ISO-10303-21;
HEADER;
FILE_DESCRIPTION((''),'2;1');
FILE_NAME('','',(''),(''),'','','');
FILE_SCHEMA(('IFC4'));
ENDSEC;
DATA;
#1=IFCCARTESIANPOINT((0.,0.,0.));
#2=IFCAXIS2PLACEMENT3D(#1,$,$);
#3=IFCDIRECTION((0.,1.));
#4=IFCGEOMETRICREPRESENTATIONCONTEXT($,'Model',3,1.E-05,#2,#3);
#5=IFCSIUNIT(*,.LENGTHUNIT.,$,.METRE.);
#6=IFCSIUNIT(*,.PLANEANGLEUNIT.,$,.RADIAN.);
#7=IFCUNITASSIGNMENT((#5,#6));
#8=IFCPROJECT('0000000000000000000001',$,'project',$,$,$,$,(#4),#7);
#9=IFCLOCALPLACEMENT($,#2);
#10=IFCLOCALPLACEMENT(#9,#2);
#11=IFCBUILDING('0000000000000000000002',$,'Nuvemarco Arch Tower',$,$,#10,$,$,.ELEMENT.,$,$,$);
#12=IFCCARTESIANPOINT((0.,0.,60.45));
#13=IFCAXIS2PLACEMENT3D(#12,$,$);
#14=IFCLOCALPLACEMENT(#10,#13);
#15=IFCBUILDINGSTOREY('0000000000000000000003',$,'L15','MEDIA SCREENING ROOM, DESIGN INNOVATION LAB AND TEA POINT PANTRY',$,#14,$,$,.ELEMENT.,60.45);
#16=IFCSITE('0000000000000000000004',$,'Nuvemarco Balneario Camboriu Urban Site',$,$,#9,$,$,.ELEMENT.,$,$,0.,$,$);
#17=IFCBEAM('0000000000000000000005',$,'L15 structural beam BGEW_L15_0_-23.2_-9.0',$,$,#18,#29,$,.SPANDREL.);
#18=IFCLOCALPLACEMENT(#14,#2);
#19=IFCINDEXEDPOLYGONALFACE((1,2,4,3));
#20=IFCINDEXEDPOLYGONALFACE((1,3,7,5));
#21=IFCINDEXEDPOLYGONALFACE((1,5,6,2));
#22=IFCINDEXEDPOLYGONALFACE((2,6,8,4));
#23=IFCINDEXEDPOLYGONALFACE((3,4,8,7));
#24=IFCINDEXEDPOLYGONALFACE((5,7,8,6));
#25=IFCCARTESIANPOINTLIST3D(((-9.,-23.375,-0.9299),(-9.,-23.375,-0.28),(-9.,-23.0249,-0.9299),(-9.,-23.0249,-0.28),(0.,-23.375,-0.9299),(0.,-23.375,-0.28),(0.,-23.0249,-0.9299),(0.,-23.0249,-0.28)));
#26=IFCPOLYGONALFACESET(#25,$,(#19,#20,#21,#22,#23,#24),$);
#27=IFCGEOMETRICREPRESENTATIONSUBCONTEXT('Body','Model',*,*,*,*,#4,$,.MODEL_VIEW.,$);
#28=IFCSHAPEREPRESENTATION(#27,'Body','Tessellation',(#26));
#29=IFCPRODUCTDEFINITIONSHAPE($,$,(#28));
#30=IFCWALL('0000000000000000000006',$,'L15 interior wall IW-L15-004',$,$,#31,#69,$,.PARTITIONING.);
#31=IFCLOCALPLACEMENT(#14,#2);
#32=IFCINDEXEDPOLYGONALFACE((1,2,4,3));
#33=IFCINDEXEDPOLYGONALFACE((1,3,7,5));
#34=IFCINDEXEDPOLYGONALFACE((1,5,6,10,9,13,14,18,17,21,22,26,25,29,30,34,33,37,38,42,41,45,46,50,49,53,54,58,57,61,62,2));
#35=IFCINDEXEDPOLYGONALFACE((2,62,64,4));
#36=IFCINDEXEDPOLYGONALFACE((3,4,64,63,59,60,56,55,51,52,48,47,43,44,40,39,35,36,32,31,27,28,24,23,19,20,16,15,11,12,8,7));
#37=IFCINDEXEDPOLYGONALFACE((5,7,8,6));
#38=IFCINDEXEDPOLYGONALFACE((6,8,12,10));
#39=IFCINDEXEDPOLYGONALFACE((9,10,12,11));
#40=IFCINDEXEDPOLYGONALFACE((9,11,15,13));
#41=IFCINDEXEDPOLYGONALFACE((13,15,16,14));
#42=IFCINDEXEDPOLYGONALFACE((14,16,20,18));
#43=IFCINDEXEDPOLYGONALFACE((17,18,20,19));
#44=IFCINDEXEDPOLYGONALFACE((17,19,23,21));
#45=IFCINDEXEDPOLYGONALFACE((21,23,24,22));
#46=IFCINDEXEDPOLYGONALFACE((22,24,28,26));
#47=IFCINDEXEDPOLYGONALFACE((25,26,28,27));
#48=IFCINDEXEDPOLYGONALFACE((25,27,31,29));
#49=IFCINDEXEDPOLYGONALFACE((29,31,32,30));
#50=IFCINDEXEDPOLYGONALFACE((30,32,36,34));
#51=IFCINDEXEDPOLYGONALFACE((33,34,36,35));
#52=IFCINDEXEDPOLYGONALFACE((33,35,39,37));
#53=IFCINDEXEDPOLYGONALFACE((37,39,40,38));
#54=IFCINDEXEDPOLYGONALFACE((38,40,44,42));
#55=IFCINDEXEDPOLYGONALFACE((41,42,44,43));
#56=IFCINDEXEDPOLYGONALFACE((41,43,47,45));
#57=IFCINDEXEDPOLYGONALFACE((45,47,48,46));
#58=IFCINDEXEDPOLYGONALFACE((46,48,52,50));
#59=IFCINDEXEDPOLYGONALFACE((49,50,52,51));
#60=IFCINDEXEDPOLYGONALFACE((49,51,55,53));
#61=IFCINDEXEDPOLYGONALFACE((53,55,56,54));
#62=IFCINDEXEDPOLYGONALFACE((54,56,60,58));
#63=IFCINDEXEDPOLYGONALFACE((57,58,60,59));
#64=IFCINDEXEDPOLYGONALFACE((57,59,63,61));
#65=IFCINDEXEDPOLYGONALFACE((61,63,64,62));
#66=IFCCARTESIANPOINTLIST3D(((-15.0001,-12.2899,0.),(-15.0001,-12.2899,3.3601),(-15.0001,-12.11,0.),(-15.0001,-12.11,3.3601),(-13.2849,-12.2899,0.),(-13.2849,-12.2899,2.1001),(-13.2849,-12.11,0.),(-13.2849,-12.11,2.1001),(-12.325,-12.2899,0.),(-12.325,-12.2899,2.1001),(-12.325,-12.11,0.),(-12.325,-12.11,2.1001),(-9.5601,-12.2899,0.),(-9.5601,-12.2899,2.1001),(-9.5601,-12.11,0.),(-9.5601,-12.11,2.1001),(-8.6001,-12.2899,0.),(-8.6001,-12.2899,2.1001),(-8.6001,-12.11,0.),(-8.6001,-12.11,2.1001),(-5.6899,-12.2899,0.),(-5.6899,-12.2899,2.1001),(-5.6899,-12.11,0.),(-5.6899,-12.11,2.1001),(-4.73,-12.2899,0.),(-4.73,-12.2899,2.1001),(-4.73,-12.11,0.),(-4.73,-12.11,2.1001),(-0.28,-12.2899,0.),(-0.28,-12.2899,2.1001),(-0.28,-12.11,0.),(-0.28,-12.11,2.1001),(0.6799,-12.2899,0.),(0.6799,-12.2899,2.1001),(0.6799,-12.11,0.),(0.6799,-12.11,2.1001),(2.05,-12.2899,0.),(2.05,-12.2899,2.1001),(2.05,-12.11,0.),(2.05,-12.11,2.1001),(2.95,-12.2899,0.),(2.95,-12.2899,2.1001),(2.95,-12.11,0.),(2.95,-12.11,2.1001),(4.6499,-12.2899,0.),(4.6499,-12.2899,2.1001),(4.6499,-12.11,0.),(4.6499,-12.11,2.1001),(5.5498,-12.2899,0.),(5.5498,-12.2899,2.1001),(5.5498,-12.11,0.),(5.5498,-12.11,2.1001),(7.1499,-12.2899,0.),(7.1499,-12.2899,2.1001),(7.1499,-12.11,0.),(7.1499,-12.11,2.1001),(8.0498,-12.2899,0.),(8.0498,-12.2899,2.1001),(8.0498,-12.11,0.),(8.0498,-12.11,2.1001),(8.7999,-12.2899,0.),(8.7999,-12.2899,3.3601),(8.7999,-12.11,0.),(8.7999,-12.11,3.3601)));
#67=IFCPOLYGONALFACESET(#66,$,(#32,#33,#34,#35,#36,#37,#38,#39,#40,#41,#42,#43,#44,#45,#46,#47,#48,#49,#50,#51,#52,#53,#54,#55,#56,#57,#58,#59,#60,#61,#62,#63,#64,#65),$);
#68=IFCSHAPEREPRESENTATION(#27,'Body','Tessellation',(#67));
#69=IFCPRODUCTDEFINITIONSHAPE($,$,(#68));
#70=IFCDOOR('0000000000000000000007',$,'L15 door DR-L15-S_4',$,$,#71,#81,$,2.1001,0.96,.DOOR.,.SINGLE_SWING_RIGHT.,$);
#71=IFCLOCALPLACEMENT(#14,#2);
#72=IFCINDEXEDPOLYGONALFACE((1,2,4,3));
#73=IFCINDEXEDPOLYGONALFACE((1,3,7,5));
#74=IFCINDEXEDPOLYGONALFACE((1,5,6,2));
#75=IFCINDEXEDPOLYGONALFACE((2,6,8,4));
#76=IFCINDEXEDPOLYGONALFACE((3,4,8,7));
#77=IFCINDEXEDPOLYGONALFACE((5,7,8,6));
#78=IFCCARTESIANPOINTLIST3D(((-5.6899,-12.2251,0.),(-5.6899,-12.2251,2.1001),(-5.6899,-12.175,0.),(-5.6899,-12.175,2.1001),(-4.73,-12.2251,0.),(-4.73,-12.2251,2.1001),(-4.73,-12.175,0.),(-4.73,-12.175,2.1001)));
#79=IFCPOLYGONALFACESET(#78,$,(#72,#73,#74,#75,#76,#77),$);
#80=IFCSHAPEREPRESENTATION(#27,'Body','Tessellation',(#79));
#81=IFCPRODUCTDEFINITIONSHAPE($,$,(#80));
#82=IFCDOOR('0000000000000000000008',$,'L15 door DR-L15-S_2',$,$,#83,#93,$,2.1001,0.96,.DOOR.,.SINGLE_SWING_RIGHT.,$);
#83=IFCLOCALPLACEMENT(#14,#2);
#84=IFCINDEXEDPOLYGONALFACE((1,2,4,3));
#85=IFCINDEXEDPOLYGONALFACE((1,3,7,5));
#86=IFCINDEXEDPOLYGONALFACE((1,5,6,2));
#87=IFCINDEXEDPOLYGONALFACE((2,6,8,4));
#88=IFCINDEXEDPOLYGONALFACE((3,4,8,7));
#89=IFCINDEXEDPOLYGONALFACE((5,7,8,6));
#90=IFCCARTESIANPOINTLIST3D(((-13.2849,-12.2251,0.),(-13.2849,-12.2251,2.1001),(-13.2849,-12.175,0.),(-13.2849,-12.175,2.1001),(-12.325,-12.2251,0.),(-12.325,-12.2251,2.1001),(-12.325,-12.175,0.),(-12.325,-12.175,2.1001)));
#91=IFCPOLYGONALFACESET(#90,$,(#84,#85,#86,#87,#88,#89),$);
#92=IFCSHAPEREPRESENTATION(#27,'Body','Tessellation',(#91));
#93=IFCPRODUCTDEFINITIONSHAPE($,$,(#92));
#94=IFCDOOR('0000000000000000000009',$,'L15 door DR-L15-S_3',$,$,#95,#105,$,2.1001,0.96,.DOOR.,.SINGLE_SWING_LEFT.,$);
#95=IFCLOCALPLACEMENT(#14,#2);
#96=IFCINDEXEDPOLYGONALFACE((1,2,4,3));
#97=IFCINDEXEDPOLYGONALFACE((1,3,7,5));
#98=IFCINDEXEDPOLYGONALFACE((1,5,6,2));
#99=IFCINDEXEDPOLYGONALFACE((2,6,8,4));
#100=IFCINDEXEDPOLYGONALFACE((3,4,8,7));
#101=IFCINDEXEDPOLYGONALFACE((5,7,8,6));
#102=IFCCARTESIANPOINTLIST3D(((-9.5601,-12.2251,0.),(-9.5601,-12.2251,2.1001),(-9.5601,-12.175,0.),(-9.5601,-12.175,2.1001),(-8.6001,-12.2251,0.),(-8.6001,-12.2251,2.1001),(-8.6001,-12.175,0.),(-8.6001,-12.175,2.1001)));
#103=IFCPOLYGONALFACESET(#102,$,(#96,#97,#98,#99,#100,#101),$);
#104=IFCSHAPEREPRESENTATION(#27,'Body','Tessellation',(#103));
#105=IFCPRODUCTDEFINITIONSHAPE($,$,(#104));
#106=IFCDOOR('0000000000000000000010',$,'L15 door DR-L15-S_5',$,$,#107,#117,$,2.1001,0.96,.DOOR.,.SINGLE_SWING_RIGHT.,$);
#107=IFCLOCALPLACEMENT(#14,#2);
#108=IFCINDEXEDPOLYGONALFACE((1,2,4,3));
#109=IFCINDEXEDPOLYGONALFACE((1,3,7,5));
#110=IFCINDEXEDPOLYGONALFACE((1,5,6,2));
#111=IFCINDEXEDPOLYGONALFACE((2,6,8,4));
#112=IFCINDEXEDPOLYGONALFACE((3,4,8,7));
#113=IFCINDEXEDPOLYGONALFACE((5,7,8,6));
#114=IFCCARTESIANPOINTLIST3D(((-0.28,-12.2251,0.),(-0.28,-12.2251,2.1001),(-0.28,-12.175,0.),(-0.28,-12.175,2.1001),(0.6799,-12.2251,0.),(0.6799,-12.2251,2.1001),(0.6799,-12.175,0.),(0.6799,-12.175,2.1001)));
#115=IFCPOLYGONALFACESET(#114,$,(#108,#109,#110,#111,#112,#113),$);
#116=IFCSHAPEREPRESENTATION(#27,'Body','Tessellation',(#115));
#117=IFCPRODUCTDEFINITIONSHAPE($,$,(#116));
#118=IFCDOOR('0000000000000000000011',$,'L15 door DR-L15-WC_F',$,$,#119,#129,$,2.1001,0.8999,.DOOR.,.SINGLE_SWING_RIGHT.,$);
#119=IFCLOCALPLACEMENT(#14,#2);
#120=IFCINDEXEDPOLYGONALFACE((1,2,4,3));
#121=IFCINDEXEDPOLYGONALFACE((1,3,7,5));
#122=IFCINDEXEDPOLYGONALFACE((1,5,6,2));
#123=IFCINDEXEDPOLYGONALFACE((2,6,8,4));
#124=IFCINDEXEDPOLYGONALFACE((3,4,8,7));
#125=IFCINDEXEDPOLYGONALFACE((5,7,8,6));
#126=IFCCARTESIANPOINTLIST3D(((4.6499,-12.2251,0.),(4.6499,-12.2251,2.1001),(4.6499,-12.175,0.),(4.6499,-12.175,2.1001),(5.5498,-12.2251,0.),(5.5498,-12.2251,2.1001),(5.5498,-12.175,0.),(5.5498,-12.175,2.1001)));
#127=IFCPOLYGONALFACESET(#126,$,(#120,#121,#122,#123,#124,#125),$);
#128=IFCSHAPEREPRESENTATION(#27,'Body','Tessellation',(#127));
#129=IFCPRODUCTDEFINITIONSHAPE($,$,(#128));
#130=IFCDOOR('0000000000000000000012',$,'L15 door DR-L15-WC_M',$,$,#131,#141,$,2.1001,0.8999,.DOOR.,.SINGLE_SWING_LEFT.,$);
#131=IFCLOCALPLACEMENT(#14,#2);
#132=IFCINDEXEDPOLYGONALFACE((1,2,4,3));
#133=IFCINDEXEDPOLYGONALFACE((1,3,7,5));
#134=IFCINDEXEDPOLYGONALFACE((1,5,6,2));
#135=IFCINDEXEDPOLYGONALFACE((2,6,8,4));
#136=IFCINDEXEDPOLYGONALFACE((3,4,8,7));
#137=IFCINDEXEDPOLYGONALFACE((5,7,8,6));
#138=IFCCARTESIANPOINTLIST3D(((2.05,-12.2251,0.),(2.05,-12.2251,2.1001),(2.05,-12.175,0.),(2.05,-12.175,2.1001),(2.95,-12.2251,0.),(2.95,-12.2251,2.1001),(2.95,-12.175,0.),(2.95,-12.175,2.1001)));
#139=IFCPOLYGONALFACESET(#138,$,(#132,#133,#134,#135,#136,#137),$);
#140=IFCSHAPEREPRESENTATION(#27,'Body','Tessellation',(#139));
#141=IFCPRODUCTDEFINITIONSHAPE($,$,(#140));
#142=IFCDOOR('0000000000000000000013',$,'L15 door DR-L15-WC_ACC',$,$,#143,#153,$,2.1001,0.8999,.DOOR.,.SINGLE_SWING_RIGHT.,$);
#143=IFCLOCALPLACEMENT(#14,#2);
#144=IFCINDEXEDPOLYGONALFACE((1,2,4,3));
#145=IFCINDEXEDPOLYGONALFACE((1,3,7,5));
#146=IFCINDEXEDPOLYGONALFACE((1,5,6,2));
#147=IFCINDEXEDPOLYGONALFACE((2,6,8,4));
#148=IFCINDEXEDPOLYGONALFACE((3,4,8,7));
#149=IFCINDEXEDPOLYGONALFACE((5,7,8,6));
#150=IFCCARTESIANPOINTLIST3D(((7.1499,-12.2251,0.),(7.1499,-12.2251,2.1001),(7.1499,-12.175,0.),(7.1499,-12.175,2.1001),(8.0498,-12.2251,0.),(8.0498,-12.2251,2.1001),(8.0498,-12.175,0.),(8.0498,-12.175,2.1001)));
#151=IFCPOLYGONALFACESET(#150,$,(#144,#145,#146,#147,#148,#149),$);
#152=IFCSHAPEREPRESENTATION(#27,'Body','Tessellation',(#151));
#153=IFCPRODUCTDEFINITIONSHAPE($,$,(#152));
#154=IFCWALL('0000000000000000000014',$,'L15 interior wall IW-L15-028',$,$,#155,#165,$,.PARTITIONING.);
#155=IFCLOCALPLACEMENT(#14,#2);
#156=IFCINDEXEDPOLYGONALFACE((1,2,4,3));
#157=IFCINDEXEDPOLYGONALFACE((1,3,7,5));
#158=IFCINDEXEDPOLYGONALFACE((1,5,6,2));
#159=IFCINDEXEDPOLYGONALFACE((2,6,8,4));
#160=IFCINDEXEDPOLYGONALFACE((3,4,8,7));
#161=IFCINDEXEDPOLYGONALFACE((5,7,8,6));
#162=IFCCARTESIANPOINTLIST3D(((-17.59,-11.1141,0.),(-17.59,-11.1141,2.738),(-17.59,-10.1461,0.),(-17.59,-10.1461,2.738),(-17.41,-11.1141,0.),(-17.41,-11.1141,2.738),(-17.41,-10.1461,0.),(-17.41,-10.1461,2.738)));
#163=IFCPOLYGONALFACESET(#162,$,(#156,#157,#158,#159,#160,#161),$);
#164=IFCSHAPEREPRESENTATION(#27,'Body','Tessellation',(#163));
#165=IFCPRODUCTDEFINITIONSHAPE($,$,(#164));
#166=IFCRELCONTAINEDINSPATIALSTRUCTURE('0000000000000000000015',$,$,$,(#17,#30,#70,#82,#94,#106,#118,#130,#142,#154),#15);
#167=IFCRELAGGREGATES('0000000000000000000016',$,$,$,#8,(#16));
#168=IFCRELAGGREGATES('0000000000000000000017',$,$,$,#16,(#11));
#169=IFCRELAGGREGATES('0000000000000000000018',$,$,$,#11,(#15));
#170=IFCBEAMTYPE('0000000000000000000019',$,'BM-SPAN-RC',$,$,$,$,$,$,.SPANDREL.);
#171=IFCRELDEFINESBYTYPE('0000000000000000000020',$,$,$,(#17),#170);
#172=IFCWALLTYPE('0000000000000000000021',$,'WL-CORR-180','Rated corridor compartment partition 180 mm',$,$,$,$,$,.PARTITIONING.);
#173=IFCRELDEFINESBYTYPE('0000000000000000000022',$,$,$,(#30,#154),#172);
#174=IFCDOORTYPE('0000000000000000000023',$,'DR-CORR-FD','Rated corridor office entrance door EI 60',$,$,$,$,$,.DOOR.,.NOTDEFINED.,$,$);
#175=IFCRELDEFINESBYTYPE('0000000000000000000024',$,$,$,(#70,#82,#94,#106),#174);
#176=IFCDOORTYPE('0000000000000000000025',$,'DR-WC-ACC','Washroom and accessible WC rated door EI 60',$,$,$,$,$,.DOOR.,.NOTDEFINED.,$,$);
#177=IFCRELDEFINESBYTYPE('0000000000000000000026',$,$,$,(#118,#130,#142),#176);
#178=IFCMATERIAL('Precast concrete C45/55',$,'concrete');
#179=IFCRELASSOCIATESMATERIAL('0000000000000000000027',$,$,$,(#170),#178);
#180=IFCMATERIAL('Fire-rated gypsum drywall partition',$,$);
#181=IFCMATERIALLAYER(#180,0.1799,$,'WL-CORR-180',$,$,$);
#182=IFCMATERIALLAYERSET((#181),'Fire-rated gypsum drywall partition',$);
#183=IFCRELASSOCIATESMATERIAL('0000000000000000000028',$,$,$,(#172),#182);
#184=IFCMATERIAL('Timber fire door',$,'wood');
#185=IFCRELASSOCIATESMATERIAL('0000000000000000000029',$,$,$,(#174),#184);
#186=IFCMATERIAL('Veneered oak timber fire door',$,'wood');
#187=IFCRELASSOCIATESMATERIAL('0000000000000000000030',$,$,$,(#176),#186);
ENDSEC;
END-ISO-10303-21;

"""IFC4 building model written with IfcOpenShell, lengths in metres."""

from ifc_helpers import new_model, si_unit, direction, frame, frame_2d, origin, origin_2d, place, context, subcontext, project, spatial, rectangle, extrude, source, transform, mapped, material, layer, layer_set, material_profile, profile_set, type_object, type_shapes, element, fill, save


model = new_model("IFC4")

# Units and contexts
model_context = context("Model", 3, precision=1e-05, world=origin(), true_north=direction((0.0, 1.0)))
body_context = subcontext(model_context, "Body", "Model", "MODEL_VIEW")
ifc_project = project(units=[si_unit("LENGTHUNIT", "METRE"), si_unit("PLANEANGLEUNIT", "RADIAN")], contexts=[model_context])

# Site, building, storey
site_placement = place(None, origin())
site = spatial("IfcSite", under=ifc_project, at=site_placement, Name="Nuvemarco Balneario Camboriu Urban Site", CompositionType="ELEMENT", RefElevation=0.0)
building_placement = place(site_placement, origin())
building = spatial("IfcBuilding", under=site, at=building_placement, Name="Nuvemarco Arch Tower", CompositionType="ELEMENT")
storey_placement = place(building_placement, frame((0.0, 0.0, 60.45)))
storey = spatial("IfcBuildingStorey", under=building, at=storey_placement, Name="L15", Description="MEDIA SCREENING ROOM, DESIGN INNOVATION LAB AND TEA POINT PANTRY", CompositionType="ELEMENT", Elevation=60.45)

# Beam
ifc_material_1 = material(Name="Precast concrete C45/55", Category="concrete")
ifc_material_profile_1 = material_profile(ifc_material_1, rectangle(XDim=0.3501, YDim=0.6499, at=origin_2d()), Name="PC-SP-350x650")
ifc_profile_set_1 = profile_set([ifc_material_profile_1], Name="Precast concrete C45/55")
beam_type_1 = type_object("IfcBeamType", Name="BM-SPAN-RC", PredefinedType="SPANDREL", material=ifc_profile_set_1)
beam_1_placement = place(storey_placement, frame((-9.0, -23.2, -0.605), z_axis=(1.0, 0.0, 0.0), x_axis=(0.0, 1.0, 0.0)))
element("IfcBeam", 1, at=beam_1_placement, inside=storey, type_object=beam_type_1, Name="L15 structural beam BGEW_L15_0_-23.2_-9.0", PredefinedType="SPANDREL", context=body_context, shape_type="SweptSolid", body=[
    extrude(rectangle(XDim=0.3501, YDim=0.6499, at=origin_2d()), origin(), (0.0, 0.0, 1.0), 9.0),
])

# Wall, openings, doors
ifc_material_2 = material(Name="Fire-rated gypsum drywall partition")
ifc_layer_1 = layer(ifc_material_2, 0.1799, Name="WL-CORR-180")
ifc_layer_set_1 = layer_set([ifc_layer_1], Name="Fire-rated gypsum drywall partition")
wall_type_1 = type_object("IfcWallType", Name="WL-CORR-180", Description="Rated corridor compartment partition 180 mm", PredefinedType="PARTITIONING", material=ifc_layer_set_1)
wall_1_placement = place(storey_placement, frame((-15.0, -12.2, 0.0), z_axis=(0.0, 0.0, 1.0), x_axis=(1.0, 0.0, 0.0)))
wall_1 = element("IfcWall", 2, at=wall_1_placement, inside=storey, type_object=wall_type_1, Name="L15 interior wall IW-L15-004", PredefinedType="PARTITIONING", context=body_context, shape_type="SweptSolid", body=[
    extrude(rectangle(XDim=23.8, YDim=0.1799, at=frame_2d((11.8999, 0.0))), origin(), (0.0, 0.0, 1.0), 3.3601),
])
opening_1_placement = place(wall_1_placement, frame((9.3101, 0.0, 0.0)))
opening_1 = element("IfcOpeningElement", 3, at=opening_1_placement, cuts=wall_1, PredefinedType="OPENING", context=body_context, shape_type="SweptSolid", body=[
    extrude(rectangle(XDim=0.96, YDim=2.1001, at=frame_2d((0.48, 1.05))), frame((0.0, 0.0999, 0.0), z_axis=(0.0, -1.0, 0.0), x_axis=(1.0, 0.0, 0.0)), (0.0, 0.0, 1.0), 0.2),
])
opening_2_placement = place(wall_1_placement, frame((1.7151, 0.0, 0.0)))
opening_2 = element("IfcOpeningElement", 4, at=opening_2_placement, cuts=wall_1, PredefinedType="OPENING", context=body_context, shape_type="SweptSolid", body=[
    extrude(rectangle(XDim=0.96, YDim=2.1001, at=frame_2d((0.48, 1.05))), frame((0.0, 0.0999, 0.0), z_axis=(0.0, -1.0, 0.0), x_axis=(1.0, 0.0, 0.0)), (0.0, 0.0, 1.0), 0.2),
])
opening_3_placement = place(wall_1_placement, frame((5.4399, 0.0, 0.0)))
opening_3 = element("IfcOpeningElement", 5, at=opening_3_placement, cuts=wall_1, PredefinedType="OPENING", context=body_context, shape_type="SweptSolid", body=[
    extrude(rectangle(XDim=0.96, YDim=2.1001, at=frame_2d((0.48, 1.05))), frame((0.0, 0.0999, 0.0), z_axis=(0.0, -1.0, 0.0), x_axis=(1.0, 0.0, 0.0)), (0.0, 0.0, 1.0), 0.2),
])
opening_4_placement = place(wall_1_placement, frame((19.6499, 0.0, 0.0)))
opening_4 = element("IfcOpeningElement", 6, at=opening_4_placement, cuts=wall_1, PredefinedType="OPENING", context=body_context, shape_type="SweptSolid", body=[
    extrude(rectangle(XDim=0.8999, YDim=2.1001, at=frame_2d((0.45, 1.05))), frame((0.0, 0.0999, 0.0), z_axis=(0.0, -1.0, 0.0), x_axis=(1.0, 0.0, 0.0)), (0.0, 0.0, 1.0), 0.2),
])
opening_5_placement = place(wall_1_placement, frame((17.05, 0.0, 0.0)))
opening_5 = element("IfcOpeningElement", 7, at=opening_5_placement, cuts=wall_1, PredefinedType="OPENING", context=body_context, shape_type="SweptSolid", body=[
    extrude(rectangle(XDim=0.8999, YDim=2.1001, at=frame_2d((0.45, 1.05))), frame((0.0, 0.0999, 0.0), z_axis=(0.0, -1.0, 0.0), x_axis=(1.0, 0.0, 0.0)), (0.0, 0.0, 1.0), 0.2),
])
opening_6_placement = place(wall_1_placement, frame((22.1499, 0.0, 0.0)))
opening_6 = element("IfcOpeningElement", 8, at=opening_6_placement, cuts=wall_1, PredefinedType="OPENING", context=body_context, shape_type="SweptSolid", body=[
    extrude(rectangle(XDim=0.8999, YDim=2.1001, at=frame_2d((0.45, 1.05))), frame((0.0, 0.0999, 0.0), z_axis=(0.0, -1.0, 0.0), x_axis=(1.0, 0.0, 0.0)), (0.0, 0.0, 1.0), 0.2),
])
opening_7_placement = place(wall_1_placement, frame((14.72, 0.0, 0.0)))
opening_7 = element("IfcOpeningElement", 9, at=opening_7_placement, cuts=wall_1, PredefinedType="OPENING", context=body_context, shape_type="SweptSolid", body=[
    extrude(rectangle(XDim=0.96, YDim=2.1001, at=frame_2d((0.48, 1.05))), frame((0.0, 0.0999, 0.0), z_axis=(0.0, -1.0, 0.0), x_axis=(1.0, 0.0, 0.0)), (0.0, 0.0, 1.0), 0.2),
])
ifc_material_3 = material(Name="Timber fire door", Category="wood")
door_type_1 = type_object("IfcDoorType", Name="DR-CORR-FD", Description="Rated corridor office entrance door EI 60", OperationType="NOTDEFINED", PredefinedType="DOOR", material=ifc_material_3)
shared_shape_1 = source(origin(), body_context, "Body", "SweptSolid", [
    extrude(rectangle(XDim=0.96, YDim=2.1001, at=frame_2d((0.48, 1.05))), frame((0.0, 0.0249, 0.0), z_axis=(0.0, -1.0, 0.0), x_axis=(1.0, 0.0, 0.0)), (0.0, 0.0, 1.0), 0.05),
])
type_shapes(door_type_1, [shared_shape_1])
door_1_placement = place(opening_1_placement, origin())
door_1 = element("IfcDoor", 10, at=door_1_placement, inside=storey, type_object=door_type_1, Name="L15 door DR-L15-S_4", OperationType="SINGLE_SWING_RIGHT", OverallHeight=2.1001, OverallWidth=0.96, PredefinedType="DOOR", context=body_context, shape_type="MappedRepresentation", body=[
    mapped(shared_shape_1, transform((0.0, 0.0, 0.0), scale=1.0)),
])
fill(opening_1, door_1)
door_2_placement = place(opening_2_placement, origin())
door_2 = element("IfcDoor", 11, at=door_2_placement, inside=storey, type_object=door_type_1, Name="L15 door DR-L15-S_2", OperationType="SINGLE_SWING_RIGHT", OverallHeight=2.1001, OverallWidth=0.96, PredefinedType="DOOR", context=body_context, shape_type="MappedRepresentation", body=[
    mapped(shared_shape_1, transform((0.0, 0.0, 0.0), scale=1.0)),
])
fill(opening_2, door_2)
door_3_placement = place(opening_3_placement, origin())
door_3 = element("IfcDoor", 12, at=door_3_placement, inside=storey, type_object=door_type_1, Name="L15 door DR-L15-S_3", OperationType="SINGLE_SWING_LEFT", OverallHeight=2.1001, OverallWidth=0.96, PredefinedType="DOOR", context=body_context, shape_type="MappedRepresentation", body=[
    mapped(shared_shape_1, transform((0.0, 0.0, 0.0), scale=1.0)),
])
fill(opening_3, door_3)
door_4_placement = place(opening_7_placement, origin())
door_4 = element("IfcDoor", 13, at=door_4_placement, inside=storey, type_object=door_type_1, Name="L15 door DR-L15-S_5", OperationType="SINGLE_SWING_RIGHT", OverallHeight=2.1001, OverallWidth=0.96, PredefinedType="DOOR", context=body_context, shape_type="MappedRepresentation", body=[
    mapped(shared_shape_1, transform((0.0, 0.0, 0.0), scale=1.0)),
])
fill(opening_7, door_4)
ifc_material_4 = material(Name="Veneered oak timber fire door", Category="wood")
door_type_2 = type_object("IfcDoorType", Name="DR-WC-ACC", Description="Washroom and accessible WC rated door EI 60", OperationType="NOTDEFINED", PredefinedType="DOOR", material=ifc_material_4)
shared_shape_2 = source(origin(), body_context, "Body", "SweptSolid", [
    extrude(rectangle(XDim=0.8999, YDim=2.1001, at=frame_2d((0.45, 1.05))), frame((0.0, 0.0249, 0.0), z_axis=(0.0, -1.0, 0.0), x_axis=(1.0, 0.0, 0.0)), (0.0, 0.0, 1.0), 0.05),
])
type_shapes(door_type_2, [shared_shape_2])
door_5_placement = place(opening_4_placement, origin())
door_5 = element("IfcDoor", 14, at=door_5_placement, inside=storey, type_object=door_type_2, Name="L15 door DR-L15-WC_F", OperationType="SINGLE_SWING_RIGHT", OverallHeight=2.1001, OverallWidth=0.8999, PredefinedType="DOOR", context=body_context, shape_type="MappedRepresentation", body=[
    mapped(shared_shape_2, transform((0.0, 0.0, 0.0), scale=1.0)),
])
fill(opening_4, door_5)
door_6_placement = place(opening_5_placement, origin())
door_6 = element("IfcDoor", 15, at=door_6_placement, inside=storey, type_object=door_type_2, Name="L15 door DR-L15-WC_M", OperationType="SINGLE_SWING_LEFT", OverallHeight=2.1001, OverallWidth=0.8999, PredefinedType="DOOR", context=body_context, shape_type="MappedRepresentation", body=[
    mapped(shared_shape_2, transform((0.0, 0.0, 0.0), scale=1.0)),
])
fill(opening_5, door_6)
door_7_placement = place(opening_6_placement, origin())
door_7 = element("IfcDoor", 16, at=door_7_placement, inside=storey, type_object=door_type_2, Name="L15 door DR-L15-WC_ACC", OperationType="SINGLE_SWING_RIGHT", OverallHeight=2.1001, OverallWidth=0.8999, PredefinedType="DOOR", context=body_context, shape_type="MappedRepresentation", body=[
    mapped(shared_shape_2, transform((0.0, 0.0, 0.0), scale=1.0)),
])
fill(opening_6, door_7)

# Wall
wall_2_placement = place(storey_placement, frame((-17.5, -11.114, 0.0), z_axis=(0.0, 0.0, 1.0), x_axis=(0.0, 1.0, 0.0)))
element("IfcWall", 17, at=wall_2_placement, inside=storey, type_object=wall_type_1, Name="L15 interior wall IW-L15-028", PredefinedType="PARTITIONING", context=body_context, shape_type="SweptSolid", body=[
    extrude(rectangle(XDim=0.968, YDim=0.1799, at=frame_2d((0.4839, 0.0))), origin(), (0.0, 0.0, 1.0), 2.738),
])

save(model, "model.ifc")
